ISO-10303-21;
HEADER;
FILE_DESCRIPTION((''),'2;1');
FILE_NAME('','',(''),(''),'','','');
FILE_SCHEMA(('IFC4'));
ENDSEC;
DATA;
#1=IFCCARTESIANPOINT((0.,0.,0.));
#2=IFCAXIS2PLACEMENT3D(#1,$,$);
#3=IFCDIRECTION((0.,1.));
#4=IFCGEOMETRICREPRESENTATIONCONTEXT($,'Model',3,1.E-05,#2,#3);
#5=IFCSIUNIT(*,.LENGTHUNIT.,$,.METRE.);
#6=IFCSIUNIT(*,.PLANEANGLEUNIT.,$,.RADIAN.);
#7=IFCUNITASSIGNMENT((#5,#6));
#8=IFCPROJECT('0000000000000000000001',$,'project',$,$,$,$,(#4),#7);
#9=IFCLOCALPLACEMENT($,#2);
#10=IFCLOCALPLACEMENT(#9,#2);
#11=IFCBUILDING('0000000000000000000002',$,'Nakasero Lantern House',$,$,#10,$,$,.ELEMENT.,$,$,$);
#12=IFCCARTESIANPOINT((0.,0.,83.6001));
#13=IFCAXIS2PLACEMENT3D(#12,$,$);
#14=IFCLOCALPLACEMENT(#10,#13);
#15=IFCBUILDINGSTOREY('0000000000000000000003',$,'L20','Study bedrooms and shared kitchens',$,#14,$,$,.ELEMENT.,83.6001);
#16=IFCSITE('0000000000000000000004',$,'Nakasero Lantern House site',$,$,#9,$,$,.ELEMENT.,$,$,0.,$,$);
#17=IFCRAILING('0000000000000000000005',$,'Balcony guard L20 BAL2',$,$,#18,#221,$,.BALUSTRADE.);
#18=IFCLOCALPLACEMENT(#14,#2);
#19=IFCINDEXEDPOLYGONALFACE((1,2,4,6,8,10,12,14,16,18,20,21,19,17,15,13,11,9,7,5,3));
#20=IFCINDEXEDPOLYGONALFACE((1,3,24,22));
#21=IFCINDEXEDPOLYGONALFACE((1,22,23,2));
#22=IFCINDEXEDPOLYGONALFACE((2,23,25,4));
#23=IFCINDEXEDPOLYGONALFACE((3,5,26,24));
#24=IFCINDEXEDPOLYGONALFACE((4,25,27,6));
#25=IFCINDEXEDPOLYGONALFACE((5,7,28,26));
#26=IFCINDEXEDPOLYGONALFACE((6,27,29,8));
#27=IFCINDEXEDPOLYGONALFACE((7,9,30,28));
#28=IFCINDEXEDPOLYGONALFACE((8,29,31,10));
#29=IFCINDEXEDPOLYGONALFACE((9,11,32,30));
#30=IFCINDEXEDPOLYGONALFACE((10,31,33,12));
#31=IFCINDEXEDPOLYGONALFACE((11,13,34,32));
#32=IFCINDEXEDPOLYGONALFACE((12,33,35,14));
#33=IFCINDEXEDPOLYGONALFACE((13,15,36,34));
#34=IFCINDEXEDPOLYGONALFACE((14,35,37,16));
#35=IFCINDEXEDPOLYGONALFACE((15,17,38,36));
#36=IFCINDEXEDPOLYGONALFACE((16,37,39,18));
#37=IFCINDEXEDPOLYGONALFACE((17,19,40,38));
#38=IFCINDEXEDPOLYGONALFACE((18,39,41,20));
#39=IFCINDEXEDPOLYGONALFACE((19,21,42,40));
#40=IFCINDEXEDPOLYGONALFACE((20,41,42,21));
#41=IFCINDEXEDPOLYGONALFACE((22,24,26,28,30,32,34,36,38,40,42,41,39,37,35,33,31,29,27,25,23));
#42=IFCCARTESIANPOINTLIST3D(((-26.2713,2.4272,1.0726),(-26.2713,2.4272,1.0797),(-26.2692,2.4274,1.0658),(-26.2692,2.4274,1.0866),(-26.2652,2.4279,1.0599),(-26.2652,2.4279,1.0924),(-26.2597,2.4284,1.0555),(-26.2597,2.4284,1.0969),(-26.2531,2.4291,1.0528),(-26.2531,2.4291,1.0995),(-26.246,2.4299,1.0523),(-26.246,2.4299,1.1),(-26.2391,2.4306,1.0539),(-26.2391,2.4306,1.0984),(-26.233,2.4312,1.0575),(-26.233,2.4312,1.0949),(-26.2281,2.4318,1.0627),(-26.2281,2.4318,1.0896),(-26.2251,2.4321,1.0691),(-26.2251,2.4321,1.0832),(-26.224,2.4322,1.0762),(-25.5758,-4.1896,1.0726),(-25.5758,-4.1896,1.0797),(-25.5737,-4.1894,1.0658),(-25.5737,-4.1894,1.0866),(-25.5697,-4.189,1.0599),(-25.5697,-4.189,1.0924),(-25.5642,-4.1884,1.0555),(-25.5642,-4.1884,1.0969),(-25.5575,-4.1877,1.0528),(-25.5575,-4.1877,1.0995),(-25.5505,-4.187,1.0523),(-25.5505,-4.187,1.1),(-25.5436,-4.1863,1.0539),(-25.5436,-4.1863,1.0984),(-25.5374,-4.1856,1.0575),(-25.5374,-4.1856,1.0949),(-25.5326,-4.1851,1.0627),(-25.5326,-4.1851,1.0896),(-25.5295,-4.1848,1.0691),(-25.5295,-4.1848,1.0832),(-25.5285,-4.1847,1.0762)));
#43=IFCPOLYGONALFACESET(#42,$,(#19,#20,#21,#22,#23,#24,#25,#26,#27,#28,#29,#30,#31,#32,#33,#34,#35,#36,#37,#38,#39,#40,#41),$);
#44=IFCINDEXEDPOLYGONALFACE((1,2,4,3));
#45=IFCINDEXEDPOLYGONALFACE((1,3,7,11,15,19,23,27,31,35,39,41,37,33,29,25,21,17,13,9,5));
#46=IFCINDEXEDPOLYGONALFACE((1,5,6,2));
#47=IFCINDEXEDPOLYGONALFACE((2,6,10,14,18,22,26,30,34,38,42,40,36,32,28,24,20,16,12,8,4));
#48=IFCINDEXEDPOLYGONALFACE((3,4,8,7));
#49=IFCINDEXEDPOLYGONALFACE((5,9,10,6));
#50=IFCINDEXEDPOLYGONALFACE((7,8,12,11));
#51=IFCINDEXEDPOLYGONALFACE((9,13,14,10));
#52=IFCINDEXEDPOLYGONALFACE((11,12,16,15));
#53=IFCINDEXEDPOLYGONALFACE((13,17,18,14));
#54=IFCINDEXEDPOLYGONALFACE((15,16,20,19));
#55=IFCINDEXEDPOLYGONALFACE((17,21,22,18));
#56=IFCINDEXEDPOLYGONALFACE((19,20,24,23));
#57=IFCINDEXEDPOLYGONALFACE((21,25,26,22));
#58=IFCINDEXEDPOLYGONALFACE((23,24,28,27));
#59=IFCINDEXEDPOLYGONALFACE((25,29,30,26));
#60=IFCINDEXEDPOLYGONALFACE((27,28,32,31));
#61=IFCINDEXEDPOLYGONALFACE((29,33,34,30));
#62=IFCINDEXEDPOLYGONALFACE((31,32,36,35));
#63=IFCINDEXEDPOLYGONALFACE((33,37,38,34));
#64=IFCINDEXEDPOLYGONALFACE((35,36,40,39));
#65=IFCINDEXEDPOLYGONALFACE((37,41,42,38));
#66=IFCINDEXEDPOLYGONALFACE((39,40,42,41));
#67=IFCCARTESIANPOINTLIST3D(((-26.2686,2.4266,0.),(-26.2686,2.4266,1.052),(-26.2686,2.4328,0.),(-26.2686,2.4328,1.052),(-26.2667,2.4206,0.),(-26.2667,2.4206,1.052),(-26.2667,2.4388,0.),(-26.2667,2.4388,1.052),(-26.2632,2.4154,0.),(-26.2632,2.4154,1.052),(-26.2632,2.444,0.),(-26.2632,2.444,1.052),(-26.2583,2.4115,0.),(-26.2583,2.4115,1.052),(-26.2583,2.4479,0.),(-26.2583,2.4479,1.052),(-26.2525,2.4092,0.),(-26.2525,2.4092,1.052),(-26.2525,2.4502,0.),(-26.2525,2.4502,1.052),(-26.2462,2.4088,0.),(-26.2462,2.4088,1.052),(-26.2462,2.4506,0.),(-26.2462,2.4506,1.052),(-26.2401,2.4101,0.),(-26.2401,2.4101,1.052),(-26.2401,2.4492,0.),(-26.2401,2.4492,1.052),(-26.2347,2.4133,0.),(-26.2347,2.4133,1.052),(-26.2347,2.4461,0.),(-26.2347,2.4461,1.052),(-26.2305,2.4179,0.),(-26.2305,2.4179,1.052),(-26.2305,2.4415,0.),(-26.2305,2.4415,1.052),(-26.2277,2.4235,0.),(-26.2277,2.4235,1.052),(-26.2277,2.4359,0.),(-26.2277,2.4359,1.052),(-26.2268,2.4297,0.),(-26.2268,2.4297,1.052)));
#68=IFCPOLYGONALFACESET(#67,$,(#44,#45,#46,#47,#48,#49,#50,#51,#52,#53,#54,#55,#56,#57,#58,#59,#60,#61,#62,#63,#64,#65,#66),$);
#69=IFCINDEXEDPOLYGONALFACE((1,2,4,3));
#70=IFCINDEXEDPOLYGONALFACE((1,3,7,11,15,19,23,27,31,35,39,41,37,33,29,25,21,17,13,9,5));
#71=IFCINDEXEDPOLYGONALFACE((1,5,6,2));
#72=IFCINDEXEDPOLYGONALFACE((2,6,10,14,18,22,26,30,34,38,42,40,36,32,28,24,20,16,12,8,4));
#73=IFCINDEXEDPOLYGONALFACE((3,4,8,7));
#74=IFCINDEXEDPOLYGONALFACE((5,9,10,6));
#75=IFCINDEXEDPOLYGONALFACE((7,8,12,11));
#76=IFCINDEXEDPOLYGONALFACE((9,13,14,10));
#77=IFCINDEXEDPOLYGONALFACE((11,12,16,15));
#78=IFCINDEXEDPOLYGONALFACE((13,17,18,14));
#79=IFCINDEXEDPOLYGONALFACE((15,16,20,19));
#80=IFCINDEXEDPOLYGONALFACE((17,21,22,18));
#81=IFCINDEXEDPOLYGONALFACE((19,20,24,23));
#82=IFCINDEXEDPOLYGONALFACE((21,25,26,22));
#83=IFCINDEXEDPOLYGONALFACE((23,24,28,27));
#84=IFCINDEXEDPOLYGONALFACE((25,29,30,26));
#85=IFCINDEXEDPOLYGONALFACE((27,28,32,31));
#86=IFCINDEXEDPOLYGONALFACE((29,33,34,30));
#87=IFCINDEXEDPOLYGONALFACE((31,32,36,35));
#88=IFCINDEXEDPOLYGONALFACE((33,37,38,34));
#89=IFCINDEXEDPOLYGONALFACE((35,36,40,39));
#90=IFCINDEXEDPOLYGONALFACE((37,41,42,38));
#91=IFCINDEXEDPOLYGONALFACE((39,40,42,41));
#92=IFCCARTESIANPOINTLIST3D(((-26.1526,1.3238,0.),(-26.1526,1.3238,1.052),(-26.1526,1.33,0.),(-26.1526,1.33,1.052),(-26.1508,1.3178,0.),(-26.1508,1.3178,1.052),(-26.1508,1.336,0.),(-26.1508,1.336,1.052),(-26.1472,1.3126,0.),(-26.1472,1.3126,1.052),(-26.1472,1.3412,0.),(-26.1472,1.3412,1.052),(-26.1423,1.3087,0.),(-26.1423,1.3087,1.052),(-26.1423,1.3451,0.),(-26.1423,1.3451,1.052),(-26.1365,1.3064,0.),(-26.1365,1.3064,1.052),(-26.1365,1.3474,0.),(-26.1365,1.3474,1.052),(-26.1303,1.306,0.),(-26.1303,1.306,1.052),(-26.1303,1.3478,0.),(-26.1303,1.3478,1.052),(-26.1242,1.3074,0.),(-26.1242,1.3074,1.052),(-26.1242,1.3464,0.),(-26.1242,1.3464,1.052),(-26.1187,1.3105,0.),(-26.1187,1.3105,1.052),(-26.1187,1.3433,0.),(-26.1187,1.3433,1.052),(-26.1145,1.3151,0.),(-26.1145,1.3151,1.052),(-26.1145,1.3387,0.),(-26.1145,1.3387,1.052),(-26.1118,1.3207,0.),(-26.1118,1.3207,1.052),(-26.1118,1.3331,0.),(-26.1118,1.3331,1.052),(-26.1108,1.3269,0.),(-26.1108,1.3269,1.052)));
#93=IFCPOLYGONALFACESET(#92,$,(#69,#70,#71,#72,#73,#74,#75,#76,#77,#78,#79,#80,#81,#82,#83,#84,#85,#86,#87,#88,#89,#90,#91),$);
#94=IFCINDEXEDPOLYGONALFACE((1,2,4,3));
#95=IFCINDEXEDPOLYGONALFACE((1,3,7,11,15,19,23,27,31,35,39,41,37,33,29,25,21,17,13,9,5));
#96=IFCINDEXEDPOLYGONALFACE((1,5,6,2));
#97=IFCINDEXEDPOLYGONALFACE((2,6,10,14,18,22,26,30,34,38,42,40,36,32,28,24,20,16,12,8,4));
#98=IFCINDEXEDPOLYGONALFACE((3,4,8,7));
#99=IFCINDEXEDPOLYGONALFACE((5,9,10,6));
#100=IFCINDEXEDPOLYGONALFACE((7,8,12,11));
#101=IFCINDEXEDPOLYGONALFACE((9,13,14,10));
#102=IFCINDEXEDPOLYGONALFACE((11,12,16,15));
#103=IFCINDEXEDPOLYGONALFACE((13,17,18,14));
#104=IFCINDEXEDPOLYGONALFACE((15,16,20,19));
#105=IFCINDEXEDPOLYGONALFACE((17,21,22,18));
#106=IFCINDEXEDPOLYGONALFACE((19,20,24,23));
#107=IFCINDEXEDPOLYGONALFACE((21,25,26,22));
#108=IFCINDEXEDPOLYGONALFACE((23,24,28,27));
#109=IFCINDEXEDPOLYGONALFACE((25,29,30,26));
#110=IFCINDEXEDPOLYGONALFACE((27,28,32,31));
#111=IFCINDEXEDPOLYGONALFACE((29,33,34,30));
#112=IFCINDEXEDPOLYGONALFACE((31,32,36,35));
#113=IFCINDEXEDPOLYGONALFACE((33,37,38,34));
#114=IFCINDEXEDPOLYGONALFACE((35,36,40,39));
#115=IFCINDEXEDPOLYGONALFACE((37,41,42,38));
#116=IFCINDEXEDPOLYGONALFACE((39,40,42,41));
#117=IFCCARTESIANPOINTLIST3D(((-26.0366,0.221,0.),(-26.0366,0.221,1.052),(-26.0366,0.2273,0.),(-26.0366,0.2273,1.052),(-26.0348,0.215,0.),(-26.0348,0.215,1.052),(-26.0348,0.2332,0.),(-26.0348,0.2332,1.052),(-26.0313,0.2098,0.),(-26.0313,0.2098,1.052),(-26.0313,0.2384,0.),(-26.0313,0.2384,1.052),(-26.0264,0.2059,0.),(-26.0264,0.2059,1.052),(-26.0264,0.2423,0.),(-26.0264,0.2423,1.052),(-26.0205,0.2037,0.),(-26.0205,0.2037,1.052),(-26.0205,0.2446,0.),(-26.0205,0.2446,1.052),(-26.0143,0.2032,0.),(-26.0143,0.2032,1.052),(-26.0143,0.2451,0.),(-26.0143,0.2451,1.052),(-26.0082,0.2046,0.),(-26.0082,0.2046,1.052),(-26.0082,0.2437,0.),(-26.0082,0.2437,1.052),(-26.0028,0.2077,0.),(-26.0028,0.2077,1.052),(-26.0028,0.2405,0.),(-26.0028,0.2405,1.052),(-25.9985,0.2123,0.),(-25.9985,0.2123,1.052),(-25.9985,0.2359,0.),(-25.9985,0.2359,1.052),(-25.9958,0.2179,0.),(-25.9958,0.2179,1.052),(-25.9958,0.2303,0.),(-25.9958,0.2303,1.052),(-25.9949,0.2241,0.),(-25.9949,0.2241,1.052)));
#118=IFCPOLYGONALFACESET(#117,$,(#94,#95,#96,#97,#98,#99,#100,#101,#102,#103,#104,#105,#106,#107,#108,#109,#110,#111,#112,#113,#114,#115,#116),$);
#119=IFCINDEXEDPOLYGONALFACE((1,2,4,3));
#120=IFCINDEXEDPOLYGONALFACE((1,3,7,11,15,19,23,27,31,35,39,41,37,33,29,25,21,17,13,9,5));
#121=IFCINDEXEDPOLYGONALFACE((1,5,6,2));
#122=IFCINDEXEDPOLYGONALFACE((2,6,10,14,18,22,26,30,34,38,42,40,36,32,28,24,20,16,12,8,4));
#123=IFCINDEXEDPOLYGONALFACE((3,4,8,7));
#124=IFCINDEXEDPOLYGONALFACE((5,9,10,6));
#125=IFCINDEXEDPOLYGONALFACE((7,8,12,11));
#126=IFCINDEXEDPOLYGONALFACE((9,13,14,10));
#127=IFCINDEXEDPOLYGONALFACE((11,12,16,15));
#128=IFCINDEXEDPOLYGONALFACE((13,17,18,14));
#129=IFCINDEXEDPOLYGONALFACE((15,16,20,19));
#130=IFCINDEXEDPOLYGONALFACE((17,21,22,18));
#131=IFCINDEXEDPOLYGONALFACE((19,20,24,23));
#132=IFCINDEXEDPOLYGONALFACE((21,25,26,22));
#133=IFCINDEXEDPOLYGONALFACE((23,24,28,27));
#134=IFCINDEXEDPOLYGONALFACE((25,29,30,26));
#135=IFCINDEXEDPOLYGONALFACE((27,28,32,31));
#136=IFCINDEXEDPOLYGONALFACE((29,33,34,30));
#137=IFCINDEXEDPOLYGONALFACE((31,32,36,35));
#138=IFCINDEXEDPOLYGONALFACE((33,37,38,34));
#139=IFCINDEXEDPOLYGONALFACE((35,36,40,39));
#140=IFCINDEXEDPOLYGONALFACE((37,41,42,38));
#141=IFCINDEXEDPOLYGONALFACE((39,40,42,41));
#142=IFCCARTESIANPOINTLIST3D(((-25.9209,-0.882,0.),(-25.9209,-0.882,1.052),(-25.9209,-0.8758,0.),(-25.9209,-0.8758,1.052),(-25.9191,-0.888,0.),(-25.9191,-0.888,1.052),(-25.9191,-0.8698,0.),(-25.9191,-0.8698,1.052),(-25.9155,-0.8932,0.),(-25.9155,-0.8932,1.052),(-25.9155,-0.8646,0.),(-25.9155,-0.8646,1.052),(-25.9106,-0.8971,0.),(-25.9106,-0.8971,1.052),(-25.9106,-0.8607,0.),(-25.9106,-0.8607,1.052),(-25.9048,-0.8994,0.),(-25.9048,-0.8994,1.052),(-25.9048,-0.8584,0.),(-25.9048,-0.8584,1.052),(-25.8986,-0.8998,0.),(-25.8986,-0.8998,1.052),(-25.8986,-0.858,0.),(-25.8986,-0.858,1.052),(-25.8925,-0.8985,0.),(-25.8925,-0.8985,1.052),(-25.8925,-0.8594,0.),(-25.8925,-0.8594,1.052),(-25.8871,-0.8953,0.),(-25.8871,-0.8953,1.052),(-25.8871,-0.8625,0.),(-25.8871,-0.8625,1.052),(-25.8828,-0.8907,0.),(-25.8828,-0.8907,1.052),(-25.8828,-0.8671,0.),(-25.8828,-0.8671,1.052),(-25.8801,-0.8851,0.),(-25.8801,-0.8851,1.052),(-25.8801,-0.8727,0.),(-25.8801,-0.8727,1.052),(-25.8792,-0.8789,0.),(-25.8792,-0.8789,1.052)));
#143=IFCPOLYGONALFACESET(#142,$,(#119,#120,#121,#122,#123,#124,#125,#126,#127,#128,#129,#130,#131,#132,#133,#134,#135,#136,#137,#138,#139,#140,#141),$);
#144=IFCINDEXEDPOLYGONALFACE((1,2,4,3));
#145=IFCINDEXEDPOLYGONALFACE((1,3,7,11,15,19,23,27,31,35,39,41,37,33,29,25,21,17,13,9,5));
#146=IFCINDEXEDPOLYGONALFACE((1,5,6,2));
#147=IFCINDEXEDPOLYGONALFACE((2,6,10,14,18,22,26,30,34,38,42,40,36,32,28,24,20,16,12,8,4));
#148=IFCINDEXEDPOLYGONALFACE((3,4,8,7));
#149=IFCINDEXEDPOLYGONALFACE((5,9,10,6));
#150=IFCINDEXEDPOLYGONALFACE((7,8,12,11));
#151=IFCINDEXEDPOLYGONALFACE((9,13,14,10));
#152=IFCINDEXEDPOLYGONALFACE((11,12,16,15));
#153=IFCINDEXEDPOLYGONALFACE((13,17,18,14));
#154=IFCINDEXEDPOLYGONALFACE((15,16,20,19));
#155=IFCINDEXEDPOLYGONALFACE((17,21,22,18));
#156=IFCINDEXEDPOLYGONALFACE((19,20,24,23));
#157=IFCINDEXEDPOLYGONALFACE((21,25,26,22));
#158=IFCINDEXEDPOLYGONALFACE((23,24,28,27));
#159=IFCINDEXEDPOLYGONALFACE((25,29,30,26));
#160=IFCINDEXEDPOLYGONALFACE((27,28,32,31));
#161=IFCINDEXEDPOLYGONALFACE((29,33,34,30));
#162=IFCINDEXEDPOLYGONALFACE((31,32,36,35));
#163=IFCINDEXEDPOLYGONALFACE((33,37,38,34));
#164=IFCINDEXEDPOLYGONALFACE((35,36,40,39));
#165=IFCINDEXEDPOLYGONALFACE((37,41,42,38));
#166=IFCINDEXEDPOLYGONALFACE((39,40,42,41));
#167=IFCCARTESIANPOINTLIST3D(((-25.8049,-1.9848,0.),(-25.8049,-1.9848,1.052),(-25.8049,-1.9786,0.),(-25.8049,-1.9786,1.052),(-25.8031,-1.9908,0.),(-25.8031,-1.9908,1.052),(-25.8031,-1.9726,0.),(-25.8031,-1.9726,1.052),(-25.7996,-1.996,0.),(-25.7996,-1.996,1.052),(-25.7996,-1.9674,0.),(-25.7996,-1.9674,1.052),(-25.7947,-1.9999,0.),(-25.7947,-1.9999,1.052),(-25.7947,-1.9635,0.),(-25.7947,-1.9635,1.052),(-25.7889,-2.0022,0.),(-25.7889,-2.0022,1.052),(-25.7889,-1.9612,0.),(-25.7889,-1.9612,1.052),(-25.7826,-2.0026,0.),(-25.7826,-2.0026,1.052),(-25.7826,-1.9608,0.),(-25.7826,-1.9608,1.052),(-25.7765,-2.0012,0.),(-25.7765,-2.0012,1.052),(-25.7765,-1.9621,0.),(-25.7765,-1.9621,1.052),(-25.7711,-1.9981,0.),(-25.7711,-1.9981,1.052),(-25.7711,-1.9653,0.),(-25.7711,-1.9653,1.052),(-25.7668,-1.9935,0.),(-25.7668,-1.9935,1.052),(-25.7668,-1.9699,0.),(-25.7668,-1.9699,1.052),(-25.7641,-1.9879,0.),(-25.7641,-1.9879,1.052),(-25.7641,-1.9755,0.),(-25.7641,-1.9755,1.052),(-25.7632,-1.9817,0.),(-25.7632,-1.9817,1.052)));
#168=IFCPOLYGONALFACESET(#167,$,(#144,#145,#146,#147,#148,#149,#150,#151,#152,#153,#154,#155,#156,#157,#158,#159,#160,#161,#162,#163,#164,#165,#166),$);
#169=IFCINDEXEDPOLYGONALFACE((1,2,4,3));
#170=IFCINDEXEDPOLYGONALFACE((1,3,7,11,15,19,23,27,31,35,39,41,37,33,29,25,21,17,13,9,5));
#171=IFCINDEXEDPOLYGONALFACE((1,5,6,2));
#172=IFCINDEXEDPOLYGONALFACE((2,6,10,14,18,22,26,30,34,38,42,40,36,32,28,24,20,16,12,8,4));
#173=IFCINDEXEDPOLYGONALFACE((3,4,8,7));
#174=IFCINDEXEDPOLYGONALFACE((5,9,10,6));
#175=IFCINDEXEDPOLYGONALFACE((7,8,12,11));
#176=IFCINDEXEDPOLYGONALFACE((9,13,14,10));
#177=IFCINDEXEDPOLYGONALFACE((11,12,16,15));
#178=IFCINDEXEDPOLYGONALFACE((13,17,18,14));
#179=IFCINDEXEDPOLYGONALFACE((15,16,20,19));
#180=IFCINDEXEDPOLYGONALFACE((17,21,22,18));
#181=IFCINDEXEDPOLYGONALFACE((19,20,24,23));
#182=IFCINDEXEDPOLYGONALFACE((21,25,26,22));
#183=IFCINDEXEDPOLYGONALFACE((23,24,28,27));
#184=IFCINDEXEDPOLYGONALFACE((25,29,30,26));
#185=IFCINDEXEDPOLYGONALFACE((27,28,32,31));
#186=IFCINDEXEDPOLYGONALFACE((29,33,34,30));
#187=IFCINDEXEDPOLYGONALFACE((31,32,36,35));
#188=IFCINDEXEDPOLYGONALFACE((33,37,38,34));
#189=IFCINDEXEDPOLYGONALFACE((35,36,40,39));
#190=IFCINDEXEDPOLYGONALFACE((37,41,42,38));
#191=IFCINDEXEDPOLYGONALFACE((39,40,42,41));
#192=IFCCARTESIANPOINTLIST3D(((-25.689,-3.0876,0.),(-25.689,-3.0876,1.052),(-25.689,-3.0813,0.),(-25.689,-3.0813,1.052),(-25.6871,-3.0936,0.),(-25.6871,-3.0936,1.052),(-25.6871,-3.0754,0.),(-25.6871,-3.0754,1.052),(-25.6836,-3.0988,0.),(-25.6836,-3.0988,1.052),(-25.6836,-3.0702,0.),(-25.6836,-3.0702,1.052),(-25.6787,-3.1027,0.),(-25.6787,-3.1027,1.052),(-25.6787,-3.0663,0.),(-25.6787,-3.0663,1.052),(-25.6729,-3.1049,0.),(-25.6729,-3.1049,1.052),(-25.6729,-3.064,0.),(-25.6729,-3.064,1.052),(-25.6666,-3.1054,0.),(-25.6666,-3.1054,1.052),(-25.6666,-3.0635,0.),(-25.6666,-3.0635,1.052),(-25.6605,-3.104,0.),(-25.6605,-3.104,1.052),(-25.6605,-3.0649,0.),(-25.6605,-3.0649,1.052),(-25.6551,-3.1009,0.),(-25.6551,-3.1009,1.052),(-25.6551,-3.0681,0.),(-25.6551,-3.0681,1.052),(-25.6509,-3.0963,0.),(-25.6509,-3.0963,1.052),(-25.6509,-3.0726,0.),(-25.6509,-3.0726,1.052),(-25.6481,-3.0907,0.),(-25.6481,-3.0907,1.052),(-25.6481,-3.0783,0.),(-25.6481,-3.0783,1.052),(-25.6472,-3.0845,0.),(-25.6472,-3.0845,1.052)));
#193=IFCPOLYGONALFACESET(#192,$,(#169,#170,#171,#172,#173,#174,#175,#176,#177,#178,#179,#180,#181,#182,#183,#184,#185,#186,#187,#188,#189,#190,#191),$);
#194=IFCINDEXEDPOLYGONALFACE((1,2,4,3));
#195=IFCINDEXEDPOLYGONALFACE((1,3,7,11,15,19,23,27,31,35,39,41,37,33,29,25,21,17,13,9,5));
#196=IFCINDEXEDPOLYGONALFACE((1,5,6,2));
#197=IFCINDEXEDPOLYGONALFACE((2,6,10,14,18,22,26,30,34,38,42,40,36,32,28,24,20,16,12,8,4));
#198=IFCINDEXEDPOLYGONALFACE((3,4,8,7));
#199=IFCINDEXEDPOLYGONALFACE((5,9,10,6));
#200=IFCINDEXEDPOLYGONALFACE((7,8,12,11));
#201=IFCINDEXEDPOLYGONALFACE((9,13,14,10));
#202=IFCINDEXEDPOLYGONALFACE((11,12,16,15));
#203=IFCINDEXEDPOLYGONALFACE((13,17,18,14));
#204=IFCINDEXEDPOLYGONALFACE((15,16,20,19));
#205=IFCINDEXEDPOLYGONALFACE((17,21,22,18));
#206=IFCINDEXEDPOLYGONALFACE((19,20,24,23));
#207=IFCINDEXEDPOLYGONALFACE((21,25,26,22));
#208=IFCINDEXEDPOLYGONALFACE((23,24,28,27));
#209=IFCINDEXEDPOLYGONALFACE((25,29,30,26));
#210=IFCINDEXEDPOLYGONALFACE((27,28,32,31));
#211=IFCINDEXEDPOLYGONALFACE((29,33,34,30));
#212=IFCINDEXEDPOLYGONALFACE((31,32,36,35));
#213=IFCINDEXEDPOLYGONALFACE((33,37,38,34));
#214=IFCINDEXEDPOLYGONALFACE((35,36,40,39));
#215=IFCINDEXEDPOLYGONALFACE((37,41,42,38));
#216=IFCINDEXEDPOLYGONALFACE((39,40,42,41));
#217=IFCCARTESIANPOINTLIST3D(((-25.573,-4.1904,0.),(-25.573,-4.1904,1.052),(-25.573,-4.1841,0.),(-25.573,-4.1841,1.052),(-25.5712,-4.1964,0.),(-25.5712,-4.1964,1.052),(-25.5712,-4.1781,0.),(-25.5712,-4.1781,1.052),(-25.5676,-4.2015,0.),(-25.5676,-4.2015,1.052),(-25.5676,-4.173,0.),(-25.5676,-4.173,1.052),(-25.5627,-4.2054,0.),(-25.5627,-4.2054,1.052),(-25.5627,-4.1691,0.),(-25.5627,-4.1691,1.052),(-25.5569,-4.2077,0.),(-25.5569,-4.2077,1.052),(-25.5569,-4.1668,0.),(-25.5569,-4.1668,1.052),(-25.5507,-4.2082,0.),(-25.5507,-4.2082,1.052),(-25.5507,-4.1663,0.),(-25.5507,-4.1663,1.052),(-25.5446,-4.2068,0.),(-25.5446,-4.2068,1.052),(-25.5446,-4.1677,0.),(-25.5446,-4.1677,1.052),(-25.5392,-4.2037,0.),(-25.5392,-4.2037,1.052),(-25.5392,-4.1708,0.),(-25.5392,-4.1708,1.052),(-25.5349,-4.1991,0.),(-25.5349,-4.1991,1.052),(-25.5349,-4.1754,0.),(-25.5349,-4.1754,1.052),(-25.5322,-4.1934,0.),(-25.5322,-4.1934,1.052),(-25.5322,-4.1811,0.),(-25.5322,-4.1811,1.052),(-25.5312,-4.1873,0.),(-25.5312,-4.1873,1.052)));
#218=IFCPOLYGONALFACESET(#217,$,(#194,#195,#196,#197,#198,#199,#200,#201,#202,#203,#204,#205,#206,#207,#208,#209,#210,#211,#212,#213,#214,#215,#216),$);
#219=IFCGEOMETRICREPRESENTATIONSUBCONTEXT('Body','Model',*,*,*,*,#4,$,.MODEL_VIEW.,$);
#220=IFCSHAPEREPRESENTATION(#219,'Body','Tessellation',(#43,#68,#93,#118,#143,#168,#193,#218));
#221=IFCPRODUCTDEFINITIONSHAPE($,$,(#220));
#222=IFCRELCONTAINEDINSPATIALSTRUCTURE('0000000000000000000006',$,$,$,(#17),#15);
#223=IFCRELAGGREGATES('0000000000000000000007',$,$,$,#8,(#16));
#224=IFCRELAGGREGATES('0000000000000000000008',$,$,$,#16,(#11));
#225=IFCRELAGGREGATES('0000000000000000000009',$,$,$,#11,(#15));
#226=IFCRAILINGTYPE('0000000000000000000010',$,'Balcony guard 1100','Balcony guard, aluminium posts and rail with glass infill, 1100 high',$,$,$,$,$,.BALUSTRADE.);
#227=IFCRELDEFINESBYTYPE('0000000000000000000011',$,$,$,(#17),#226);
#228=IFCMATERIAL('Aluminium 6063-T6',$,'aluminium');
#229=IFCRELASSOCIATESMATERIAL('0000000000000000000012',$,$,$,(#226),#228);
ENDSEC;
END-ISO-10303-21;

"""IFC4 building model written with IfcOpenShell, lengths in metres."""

from ifc_helpers import new_model, si_unit, direction, frame, origin, origin_2d, place, context, subcontext, project, spatial, circle, extrude, material, type_object, element, save


model = new_model("IFC4")

# Units and contexts
model_context = context("Model", 3, precision=1e-05, world=origin(), true_north=direction((0.0, 1.0)))
body_context = subcontext(model_context, "Body", "Model", "MODEL_VIEW")
ifc_project = project(units=[si_unit("LENGTHUNIT", "METRE"), si_unit("PLANEANGLEUNIT", "RADIAN")], contexts=[model_context])

# Site, building, storey
site_placement = place(None, origin())
site = spatial("IfcSite", under=ifc_project, at=site_placement, Name="Nakasero Lantern House site", CompositionType="ELEMENT", RefElevation=0.0)
building_placement = place(site_placement, origin())
building = spatial("IfcBuilding", under=site, at=building_placement, Name="Nakasero Lantern House", CompositionType="ELEMENT")
storey_placement = place(building_placement, frame((0.0, 0.0, 83.6001)))
storey = spatial("IfcBuildingStorey", under=building, at=storey_placement, Name="L20", Description="Study bedrooms and shared kitchens", CompositionType="ELEMENT", Elevation=83.6001)

# Railing
ifc_material_1 = material(Name="Aluminium 6063-T6", Category="aluminium")
railing_type = type_object("IfcRailingType", Name="Balcony guard 1100", Description="Balcony guard, aluminium posts and rail with glass infill, 1100 high", PredefinedType="BALUSTRADE", material=ifc_material_1)
railing_placement = place(storey_placement, frame((-26.2478, 2.4297, 0.0)))
element("IfcRailing", 1, at=railing_placement, inside=storey, type_object=railing_type, Name="Balcony guard L20 BAL2", PredefinedType="BALUSTRADE", context=body_context, shape_type="SweptSolid", body=[
    extrude(circle(Radius=0.0239, at=origin_2d()), frame((0.0, 0.0, 1.0762), z_axis=(0.104542, -0.994521, 0.0), x_axis=(0.994521, 0.104542, 0.0)), (0.0, 0.0, 1.0), 6.6533),
    extrude(circle(Radius=0.021, at=origin_2d()), origin(), (0.0, 0.0, 1.0), 1.052),
    extrude(circle(Radius=0.021, at=origin_2d()), frame((0.116, -1.1028, 0.0)), (0.0, 0.0, 1.0), 1.052),
    extrude(circle(Radius=0.021, at=origin_2d()), frame((0.2319, -2.2056, 0.0)), (0.0, 0.0, 1.0), 1.052),
    extrude(circle(Radius=0.021, at=origin_2d()), frame((0.3477, -3.3086, 0.0)), (0.0, 0.0, 1.0), 1.052),
    extrude(circle(Radius=0.021, at=origin_2d()), frame((0.4636, -4.4114, 0.0)), (0.0, 0.0, 1.0), 1.052),
    extrude(circle(Radius=0.021, at=origin_2d()), frame((0.5796, -5.5142, 0.0)), (0.0, 0.0, 1.0), 1.052),
    extrude(circle(Radius=0.021, at=origin_2d()), frame((0.6956, -6.6169, 0.0)), (0.0, 0.0, 1.0), 1.052),
])

save(model, "model.ifc")
